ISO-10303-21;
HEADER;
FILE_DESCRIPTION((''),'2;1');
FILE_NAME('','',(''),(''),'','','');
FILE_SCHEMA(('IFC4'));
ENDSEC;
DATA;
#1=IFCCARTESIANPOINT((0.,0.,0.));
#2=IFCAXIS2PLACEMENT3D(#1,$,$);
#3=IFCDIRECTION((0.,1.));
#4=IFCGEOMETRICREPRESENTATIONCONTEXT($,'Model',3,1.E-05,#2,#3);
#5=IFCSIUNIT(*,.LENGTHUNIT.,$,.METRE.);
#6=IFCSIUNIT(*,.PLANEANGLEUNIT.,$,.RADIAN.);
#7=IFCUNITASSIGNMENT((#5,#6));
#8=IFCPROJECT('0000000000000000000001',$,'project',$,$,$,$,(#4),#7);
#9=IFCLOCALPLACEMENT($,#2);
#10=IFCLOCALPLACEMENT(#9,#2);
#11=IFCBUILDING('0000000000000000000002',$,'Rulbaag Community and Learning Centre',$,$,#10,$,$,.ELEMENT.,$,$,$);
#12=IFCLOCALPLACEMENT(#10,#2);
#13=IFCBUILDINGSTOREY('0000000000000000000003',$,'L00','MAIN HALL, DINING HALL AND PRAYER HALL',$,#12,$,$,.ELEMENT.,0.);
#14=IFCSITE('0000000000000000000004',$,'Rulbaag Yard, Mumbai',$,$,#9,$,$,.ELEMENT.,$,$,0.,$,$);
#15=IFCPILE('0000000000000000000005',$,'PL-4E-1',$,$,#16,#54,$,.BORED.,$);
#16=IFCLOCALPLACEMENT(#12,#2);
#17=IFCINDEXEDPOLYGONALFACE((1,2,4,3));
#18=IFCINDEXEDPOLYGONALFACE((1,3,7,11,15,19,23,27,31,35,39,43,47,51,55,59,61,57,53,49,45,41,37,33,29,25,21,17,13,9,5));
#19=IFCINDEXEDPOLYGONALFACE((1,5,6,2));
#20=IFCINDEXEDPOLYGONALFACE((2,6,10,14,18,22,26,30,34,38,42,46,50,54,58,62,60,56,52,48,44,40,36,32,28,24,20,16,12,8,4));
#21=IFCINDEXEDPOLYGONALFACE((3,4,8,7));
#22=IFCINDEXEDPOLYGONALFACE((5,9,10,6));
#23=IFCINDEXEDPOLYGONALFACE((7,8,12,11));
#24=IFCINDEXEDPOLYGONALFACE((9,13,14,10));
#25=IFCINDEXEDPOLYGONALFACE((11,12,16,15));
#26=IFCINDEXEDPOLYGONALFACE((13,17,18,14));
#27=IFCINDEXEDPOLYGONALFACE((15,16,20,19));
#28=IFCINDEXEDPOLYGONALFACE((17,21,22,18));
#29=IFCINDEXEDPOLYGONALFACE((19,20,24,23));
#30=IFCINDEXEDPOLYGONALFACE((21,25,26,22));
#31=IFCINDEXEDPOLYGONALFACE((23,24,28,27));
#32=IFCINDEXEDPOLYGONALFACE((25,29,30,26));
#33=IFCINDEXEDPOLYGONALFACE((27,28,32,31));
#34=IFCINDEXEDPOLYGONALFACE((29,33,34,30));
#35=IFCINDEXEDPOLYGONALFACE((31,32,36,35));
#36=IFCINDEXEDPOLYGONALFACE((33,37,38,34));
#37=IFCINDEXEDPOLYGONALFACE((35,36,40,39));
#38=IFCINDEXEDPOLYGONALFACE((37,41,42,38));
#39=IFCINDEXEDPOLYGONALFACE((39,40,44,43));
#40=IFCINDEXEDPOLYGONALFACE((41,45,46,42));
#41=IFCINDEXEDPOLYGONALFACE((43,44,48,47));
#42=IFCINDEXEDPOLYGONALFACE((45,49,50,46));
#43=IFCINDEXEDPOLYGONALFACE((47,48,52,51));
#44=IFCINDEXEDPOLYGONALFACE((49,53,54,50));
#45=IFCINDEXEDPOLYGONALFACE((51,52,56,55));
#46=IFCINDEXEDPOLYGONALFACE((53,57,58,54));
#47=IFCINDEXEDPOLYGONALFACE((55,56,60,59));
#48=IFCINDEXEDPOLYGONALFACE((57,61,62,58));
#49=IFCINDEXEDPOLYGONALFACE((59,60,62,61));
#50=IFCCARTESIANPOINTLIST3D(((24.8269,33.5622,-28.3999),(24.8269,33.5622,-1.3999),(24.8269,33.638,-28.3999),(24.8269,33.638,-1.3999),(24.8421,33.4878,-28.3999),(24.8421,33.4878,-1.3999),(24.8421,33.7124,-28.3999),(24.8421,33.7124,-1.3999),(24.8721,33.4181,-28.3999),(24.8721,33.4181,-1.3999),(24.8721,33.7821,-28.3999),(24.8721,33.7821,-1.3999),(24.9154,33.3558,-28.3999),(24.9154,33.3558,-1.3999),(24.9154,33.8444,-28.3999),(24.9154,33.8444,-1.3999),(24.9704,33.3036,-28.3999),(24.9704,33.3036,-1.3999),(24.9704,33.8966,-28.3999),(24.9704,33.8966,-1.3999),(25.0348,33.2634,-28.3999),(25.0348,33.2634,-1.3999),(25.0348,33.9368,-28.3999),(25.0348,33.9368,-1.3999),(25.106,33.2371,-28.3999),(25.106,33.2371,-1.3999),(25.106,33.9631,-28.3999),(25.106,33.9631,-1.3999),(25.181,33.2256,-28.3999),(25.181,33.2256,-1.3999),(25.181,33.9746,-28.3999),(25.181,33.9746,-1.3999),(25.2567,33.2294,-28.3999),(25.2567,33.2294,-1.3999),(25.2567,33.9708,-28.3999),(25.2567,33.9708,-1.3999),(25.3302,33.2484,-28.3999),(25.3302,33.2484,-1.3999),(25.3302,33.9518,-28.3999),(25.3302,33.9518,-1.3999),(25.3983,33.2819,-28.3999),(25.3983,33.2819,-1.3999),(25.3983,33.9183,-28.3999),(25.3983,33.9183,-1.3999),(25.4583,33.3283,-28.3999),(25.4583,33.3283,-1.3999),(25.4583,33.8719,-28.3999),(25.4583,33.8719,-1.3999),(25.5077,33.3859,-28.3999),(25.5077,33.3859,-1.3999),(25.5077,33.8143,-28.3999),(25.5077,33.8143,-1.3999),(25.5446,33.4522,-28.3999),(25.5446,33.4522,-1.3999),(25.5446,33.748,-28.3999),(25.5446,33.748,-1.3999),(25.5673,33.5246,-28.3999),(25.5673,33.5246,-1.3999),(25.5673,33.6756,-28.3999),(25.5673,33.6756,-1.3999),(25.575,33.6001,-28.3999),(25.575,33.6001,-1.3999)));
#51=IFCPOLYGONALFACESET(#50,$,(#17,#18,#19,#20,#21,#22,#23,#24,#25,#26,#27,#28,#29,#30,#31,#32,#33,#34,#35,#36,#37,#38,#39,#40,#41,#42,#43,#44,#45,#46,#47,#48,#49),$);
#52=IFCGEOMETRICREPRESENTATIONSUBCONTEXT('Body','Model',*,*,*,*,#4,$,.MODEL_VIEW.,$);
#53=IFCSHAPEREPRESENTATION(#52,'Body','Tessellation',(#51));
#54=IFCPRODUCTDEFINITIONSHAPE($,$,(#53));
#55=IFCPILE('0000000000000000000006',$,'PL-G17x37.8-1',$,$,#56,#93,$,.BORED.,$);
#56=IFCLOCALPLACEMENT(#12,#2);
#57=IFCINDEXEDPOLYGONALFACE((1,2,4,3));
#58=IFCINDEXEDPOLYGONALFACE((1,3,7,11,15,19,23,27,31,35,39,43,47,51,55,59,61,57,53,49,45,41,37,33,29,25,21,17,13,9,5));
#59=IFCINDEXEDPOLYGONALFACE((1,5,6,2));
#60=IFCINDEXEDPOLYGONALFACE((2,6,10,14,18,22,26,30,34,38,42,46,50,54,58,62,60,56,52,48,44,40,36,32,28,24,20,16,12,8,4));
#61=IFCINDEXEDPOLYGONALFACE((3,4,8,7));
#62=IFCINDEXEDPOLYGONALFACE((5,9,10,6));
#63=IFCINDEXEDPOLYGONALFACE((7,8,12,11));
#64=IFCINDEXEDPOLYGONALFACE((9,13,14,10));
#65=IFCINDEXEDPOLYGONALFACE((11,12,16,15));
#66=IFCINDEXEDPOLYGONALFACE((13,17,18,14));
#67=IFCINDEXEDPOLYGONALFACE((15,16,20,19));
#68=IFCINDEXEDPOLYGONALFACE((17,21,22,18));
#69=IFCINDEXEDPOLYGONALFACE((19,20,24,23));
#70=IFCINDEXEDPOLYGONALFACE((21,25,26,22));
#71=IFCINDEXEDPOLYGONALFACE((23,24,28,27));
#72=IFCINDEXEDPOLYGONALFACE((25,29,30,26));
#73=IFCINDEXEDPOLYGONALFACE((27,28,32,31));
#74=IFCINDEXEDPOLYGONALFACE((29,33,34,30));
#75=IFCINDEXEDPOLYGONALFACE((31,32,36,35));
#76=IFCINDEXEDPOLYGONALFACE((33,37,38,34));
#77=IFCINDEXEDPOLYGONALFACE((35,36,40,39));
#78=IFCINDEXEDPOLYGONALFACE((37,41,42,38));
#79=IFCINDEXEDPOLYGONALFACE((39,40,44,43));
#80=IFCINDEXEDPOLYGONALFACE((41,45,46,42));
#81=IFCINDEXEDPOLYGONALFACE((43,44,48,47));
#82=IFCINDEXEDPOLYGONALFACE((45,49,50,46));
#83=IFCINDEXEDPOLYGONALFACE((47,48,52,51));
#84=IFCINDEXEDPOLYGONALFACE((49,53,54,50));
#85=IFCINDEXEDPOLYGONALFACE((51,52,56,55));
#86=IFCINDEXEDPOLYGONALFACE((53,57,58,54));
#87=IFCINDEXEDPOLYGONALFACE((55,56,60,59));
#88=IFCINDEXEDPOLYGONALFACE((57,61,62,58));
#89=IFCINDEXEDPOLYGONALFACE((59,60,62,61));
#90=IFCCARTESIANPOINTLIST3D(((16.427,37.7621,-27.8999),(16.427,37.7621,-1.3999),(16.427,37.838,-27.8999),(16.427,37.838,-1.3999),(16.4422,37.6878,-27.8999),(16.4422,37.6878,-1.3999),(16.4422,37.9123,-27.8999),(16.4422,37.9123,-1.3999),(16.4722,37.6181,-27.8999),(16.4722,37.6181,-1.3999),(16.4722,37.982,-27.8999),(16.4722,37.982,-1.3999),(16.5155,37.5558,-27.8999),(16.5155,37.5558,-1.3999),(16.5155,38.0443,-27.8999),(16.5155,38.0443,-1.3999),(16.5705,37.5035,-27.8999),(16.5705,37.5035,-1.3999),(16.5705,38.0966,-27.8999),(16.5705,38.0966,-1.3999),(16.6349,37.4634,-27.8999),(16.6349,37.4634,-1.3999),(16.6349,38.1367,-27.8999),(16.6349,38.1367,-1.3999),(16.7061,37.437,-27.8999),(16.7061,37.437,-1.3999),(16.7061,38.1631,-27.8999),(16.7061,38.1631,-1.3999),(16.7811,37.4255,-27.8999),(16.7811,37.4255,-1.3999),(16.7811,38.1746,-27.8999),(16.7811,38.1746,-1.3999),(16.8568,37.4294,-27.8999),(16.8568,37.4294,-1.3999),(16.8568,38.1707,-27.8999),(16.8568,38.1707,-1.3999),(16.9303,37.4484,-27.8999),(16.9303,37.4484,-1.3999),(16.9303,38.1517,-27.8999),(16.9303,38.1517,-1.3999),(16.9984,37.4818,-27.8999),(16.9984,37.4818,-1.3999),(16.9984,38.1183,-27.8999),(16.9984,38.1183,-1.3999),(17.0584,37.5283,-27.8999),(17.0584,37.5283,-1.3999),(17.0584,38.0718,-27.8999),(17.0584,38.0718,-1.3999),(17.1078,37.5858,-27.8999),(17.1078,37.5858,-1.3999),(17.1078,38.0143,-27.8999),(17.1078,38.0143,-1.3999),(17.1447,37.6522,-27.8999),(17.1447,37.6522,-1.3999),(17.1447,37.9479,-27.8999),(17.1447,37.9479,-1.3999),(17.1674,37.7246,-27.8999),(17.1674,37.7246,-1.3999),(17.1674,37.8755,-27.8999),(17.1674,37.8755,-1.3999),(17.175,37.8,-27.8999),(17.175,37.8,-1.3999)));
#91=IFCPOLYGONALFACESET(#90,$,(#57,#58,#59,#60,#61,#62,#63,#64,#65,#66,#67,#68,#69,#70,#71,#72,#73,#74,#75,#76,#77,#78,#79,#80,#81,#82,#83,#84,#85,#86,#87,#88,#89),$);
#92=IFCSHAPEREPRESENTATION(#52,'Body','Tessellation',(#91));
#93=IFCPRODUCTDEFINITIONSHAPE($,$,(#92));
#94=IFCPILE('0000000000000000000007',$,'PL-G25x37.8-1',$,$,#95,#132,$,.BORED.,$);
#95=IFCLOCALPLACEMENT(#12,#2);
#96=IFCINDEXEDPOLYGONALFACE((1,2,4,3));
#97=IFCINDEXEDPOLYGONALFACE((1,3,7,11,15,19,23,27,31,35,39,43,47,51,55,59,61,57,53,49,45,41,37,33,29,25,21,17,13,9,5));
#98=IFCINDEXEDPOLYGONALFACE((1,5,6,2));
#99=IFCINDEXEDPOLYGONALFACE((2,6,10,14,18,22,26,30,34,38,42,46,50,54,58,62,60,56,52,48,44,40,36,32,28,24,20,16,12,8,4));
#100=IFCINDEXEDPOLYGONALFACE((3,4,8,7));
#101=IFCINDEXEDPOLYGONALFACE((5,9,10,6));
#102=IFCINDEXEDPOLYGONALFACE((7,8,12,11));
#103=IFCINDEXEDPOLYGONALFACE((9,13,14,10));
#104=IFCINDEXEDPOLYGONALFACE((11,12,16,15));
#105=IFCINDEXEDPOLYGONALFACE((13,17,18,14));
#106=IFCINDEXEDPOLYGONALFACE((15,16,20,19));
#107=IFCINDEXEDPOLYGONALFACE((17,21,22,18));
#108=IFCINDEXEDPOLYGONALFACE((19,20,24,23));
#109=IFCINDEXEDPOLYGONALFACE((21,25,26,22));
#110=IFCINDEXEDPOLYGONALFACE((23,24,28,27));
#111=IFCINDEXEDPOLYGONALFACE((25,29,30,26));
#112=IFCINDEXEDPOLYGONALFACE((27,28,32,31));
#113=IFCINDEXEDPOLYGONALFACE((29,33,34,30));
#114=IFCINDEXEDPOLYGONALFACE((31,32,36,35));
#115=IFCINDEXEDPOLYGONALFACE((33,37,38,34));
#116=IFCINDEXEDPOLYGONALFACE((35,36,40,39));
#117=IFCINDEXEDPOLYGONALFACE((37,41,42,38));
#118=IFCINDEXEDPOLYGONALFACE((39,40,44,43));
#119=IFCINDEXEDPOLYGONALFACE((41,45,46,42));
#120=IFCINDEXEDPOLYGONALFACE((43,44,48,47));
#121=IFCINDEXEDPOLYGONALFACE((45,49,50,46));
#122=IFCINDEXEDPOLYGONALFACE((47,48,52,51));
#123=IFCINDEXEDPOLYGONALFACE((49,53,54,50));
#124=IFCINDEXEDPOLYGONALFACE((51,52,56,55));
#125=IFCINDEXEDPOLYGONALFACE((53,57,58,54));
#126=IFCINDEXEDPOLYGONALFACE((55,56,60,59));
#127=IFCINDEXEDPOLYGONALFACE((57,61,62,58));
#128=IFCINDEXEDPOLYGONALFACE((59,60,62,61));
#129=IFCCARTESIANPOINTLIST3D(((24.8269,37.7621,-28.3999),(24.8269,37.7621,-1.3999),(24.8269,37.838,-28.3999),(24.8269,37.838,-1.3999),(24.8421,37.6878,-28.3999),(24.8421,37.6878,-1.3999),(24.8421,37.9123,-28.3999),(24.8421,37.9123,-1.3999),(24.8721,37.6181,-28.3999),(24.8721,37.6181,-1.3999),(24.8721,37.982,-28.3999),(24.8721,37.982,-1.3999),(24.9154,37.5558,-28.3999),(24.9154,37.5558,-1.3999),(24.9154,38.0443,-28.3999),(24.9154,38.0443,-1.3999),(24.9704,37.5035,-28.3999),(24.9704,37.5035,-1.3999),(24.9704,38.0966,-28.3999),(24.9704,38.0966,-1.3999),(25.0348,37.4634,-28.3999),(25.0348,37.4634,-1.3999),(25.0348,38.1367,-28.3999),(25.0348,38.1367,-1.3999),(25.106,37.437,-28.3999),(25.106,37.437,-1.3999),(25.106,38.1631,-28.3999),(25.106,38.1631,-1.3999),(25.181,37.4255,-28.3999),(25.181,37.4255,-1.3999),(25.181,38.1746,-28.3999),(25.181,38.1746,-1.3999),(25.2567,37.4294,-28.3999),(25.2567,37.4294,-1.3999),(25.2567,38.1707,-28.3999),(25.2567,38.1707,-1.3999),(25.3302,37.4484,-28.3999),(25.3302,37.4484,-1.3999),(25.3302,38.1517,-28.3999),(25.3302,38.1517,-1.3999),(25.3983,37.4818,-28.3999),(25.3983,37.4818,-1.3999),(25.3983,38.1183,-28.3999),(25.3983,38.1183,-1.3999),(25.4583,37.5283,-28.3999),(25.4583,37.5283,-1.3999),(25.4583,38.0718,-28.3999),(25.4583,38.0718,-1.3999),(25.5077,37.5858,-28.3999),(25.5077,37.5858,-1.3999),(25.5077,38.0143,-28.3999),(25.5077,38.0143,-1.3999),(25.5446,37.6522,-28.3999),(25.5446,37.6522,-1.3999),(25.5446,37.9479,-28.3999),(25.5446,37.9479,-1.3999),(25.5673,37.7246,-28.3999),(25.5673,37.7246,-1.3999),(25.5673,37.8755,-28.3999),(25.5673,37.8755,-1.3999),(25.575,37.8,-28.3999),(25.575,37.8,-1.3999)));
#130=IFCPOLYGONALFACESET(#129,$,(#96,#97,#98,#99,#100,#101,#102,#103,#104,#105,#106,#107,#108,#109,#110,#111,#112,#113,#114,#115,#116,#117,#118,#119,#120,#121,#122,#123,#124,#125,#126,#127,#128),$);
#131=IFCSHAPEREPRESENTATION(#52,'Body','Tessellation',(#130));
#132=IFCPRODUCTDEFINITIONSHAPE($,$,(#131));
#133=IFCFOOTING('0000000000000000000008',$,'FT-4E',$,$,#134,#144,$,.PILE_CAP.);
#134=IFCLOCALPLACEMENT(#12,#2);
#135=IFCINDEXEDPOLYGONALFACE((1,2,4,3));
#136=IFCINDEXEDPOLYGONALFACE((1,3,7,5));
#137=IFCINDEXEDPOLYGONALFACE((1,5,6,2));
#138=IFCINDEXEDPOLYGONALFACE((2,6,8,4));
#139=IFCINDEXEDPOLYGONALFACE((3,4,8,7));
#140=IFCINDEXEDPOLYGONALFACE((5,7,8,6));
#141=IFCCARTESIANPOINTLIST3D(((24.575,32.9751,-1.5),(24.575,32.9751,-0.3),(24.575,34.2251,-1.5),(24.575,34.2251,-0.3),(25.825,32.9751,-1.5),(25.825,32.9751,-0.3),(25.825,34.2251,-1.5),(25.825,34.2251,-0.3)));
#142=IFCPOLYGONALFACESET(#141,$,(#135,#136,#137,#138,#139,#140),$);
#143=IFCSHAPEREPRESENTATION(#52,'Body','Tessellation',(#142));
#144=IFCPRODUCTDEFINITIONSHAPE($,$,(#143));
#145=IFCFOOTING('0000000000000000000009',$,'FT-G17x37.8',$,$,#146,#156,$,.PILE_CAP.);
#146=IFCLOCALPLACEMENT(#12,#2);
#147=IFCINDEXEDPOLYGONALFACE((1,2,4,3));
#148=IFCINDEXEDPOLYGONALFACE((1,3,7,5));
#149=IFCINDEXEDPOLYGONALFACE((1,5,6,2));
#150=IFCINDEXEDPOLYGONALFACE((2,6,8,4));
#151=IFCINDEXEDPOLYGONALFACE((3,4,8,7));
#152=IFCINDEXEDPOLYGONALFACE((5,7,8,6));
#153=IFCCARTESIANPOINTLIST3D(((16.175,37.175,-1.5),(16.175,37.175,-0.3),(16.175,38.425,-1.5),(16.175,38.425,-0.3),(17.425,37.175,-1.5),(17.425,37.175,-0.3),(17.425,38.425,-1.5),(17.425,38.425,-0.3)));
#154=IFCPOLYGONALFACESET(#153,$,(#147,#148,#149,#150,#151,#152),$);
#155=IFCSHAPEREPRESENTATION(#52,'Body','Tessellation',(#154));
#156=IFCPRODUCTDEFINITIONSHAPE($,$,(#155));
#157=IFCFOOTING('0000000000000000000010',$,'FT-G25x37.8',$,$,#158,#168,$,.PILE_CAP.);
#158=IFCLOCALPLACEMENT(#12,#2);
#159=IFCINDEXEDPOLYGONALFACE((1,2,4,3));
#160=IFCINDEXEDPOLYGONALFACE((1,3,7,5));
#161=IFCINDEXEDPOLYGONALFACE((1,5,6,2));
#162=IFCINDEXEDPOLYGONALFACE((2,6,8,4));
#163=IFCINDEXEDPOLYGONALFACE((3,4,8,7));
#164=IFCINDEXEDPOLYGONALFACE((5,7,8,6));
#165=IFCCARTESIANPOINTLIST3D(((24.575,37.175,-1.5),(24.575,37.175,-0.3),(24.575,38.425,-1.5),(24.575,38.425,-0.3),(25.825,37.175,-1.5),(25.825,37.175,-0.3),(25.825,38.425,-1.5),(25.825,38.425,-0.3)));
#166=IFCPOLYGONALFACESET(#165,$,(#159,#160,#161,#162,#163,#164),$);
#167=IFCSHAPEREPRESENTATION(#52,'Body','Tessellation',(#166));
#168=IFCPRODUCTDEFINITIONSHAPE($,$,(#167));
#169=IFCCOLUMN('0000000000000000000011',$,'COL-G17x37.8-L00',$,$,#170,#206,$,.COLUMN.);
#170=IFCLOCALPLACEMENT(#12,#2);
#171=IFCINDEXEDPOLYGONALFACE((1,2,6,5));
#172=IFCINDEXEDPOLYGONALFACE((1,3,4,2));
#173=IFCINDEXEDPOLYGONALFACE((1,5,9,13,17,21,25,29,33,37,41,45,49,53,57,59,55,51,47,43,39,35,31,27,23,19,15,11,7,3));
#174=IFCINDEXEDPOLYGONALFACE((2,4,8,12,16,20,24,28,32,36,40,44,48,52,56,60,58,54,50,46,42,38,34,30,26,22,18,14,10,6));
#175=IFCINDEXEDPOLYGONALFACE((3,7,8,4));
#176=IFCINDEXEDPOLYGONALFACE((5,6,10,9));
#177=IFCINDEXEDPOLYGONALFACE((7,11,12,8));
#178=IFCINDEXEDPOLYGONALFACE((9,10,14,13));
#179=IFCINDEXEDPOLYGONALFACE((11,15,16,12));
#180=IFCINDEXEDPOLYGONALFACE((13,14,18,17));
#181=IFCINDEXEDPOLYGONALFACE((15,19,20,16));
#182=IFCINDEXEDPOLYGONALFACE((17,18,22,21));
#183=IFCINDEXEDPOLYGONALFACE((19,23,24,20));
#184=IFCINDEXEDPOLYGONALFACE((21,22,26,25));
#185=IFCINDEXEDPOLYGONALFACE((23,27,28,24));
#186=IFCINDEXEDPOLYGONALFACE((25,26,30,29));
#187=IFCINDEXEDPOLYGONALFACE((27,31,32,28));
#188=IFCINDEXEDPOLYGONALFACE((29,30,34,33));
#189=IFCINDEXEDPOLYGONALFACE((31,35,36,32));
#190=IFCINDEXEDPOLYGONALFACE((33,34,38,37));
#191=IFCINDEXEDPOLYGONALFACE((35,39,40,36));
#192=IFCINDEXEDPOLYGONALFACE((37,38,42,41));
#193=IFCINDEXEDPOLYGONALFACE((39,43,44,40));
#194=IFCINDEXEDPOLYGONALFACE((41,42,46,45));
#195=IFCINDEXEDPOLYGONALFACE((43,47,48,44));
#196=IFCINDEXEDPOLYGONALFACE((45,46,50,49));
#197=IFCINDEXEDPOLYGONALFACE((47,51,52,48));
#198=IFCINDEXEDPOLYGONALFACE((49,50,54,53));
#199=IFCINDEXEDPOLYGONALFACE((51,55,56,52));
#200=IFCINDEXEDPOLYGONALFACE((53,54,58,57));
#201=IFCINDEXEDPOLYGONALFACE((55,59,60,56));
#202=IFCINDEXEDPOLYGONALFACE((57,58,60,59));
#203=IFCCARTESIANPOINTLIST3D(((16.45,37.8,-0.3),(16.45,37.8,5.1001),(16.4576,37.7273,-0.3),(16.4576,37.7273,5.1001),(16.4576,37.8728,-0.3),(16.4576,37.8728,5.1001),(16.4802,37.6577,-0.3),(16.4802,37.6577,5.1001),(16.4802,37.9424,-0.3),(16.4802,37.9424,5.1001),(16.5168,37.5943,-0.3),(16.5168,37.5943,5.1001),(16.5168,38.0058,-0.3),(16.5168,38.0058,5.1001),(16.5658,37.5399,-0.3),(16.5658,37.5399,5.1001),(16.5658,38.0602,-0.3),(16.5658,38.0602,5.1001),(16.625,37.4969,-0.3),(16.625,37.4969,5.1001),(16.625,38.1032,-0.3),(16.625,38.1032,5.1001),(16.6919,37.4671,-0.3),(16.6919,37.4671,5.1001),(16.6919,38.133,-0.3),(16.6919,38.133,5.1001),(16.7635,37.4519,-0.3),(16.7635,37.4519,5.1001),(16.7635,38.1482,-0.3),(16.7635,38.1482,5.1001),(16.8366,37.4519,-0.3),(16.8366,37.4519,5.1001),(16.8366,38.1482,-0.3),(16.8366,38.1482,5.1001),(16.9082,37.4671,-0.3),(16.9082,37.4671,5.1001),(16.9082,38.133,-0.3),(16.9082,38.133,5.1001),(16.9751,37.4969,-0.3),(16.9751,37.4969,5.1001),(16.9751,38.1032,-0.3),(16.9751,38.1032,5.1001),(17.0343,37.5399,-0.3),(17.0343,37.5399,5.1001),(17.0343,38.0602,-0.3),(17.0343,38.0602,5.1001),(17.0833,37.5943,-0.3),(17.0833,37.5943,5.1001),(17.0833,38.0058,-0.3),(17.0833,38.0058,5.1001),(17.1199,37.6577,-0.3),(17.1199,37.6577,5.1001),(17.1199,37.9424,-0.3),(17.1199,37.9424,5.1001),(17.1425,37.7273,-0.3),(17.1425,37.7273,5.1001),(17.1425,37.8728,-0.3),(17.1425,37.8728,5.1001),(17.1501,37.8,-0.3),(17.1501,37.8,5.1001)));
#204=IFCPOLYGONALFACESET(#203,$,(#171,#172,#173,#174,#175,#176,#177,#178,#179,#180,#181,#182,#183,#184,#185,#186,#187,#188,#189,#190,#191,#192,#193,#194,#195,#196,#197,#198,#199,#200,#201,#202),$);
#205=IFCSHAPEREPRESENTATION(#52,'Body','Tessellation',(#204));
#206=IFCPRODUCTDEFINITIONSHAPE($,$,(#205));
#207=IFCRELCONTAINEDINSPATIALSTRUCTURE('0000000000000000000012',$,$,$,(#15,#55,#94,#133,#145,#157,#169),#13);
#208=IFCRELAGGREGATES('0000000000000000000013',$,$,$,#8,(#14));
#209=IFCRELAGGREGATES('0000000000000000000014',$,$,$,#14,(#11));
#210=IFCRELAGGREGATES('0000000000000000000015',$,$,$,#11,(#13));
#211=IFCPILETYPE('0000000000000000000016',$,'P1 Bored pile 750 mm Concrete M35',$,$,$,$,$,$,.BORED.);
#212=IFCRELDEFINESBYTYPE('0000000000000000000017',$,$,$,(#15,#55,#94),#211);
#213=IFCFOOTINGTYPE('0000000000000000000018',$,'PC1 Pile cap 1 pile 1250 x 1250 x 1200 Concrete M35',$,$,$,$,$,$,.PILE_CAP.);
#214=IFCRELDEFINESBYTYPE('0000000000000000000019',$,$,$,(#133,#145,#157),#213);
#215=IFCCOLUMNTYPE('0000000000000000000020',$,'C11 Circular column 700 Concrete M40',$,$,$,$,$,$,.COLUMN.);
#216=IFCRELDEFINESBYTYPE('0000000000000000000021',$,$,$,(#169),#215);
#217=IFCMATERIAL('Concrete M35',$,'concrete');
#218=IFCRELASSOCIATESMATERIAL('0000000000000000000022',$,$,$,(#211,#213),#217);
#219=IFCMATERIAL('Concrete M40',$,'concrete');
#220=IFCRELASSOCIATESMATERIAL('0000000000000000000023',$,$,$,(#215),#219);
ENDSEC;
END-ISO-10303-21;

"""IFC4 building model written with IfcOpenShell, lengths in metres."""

from ifc_helpers import new_model, si_unit, direction, frame, origin, origin_2d, place, context, subcontext, project, spatial, rectangle, circle, extrude, material, material_profile, profile_set, type_object, element, save


model = new_model("IFC4")

# Units and contexts
model_context = context("Model", 3, precision=1e-05, world=origin(), true_north=direction((0.0, 1.0)))
body_context = subcontext(model_context, "Body", "Model", "MODEL_VIEW")
ifc_project = project(units=[si_unit("LENGTHUNIT", "METRE"), si_unit("PLANEANGLEUNIT", "RADIAN")], contexts=[model_context])

# Site, building, storey
site_placement = place(None, origin())
site = spatial("IfcSite", under=ifc_project, at=site_placement, Name="Rulbaag Yard, Mumbai", CompositionType="ELEMENT", RefElevation=0.0)
building_placement = place(site_placement, origin())
building = spatial("IfcBuilding", under=site, at=building_placement, Name="Rulbaag Community and Learning Centre", CompositionType="ELEMENT")
storey_placement = place(building_placement, origin())
storey = spatial("IfcBuildingStorey", under=building, at=storey_placement, Name="L00", Description="MAIN HALL, DINING HALL AND PRAYER HALL", CompositionType="ELEMENT", Elevation=0.0)

# Piles
ifc_material_1 = material(Name="Concrete M35", Category="concrete")
ifc_material_profile_1 = material_profile(ifc_material_1, circle(Radius=0.375, at=origin_2d()), Name="BP750")
ifc_profile_set_1 = profile_set([ifc_material_profile_1], Name="Concrete M35")
pile_type = type_object("IfcPileType", Name="P1 Bored pile 750 mm Concrete M35", PredefinedType="BORED", material=ifc_profile_set_1)
pile_1_placement = place(storey_placement, frame((25.2, 33.6001, -1.3999), z_axis=(0.0, 0.0, -1.0), x_axis=(1.0, 0.0, 0.0)))
element("IfcPile", 1, at=pile_1_placement, inside=storey, type_object=pile_type, Name="PL-4E-1", PredefinedType="BORED", context=body_context, shape_type="SweptSolid", body=[
    extrude(circle(Radius=0.375, at=origin_2d()), origin(), (0.0, 0.0, 1.0), 27.0),
])
pile_2_placement = place(storey_placement, frame((16.8, 37.8, -1.3999), z_axis=(0.0, 0.0, -1.0), x_axis=(1.0, 0.0, 0.0)))
element("IfcPile", 2, at=pile_2_placement, inside=storey, type_object=pile_type, Name="PL-G17x37.8-1", PredefinedType="BORED", context=body_context, shape_type="SweptSolid", body=[
    extrude(circle(Radius=0.375, at=origin_2d()), origin(), (0.0, 0.0, 1.0), 26.5),
])
pile_3_placement = place(storey_placement, frame((25.2, 37.8, -1.3999), z_axis=(0.0, 0.0, -1.0), x_axis=(1.0, 0.0, 0.0)))
element("IfcPile", 3, at=pile_3_placement, inside=storey, type_object=pile_type, Name="PL-G25x37.8-1", PredefinedType="BORED", context=body_context, shape_type="SweptSolid", body=[
    extrude(circle(Radius=0.375, at=origin_2d()), origin(), (0.0, 0.0, 1.0), 27.0),
])

# Footings
footing_type = type_object("IfcFootingType", Name="PC1 Pile cap 1 pile 1250 x 1250 x 1200 Concrete M35", PredefinedType="PILE_CAP", material=ifc_material_1)
for number, where, z_axis, x_axis, name in (
    (4, (25.2, 33.6001, -1.5), (0.0, 0.0, 1.0), (1.0, 0.0, 0.0), "FT-4E"),
    (5, (16.8, 37.8, -1.5), (0.0, 0.0, 1.0), (1.0, 0.0, 0.0), "FT-G17x37.8"),
    (6, (25.2, 37.8, -1.5), (0.0, 0.0, 1.0), (1.0, 0.0, 0.0), "FT-G25x37.8"),
):
    element("IfcFooting", number, at=place(storey_placement, frame(where, z_axis=z_axis, x_axis=x_axis)), inside=storey, type_object=footing_type, Name=name, PredefinedType="PILE_CAP", context=body_context, shape_type="SweptSolid", body=[
        extrude(rectangle(XDim=1.25, YDim=1.25, at=origin_2d()), origin(), (0.0, 0.0, 1.0), 1.2),
    ])

# Column
ifc_material_2 = material(Name="Concrete M40", Category="concrete")
ifc_material_profile_2 = material_profile(ifc_material_2, circle(Radius=0.3501, at=origin_2d()), Name="RD700")
ifc_profile_set_2 = profile_set([ifc_material_profile_2], Name="Concrete M40")
column_type_1 = type_object("IfcColumnType", Name="C11 Circular column 700 Concrete M40", PredefinedType="COLUMN", material=ifc_profile_set_2)
for number, where, z_axis, x_axis, name in (
    (7, (16.8, 37.8, -0.3), (0.0, 0.0, 1.0), (1.0, 0.0, 0.0), "COL-G17x37.8-L00"),
):
    element("IfcColumn", number, at=place(storey_placement, frame(where, z_axis=z_axis, x_axis=x_axis)), inside=storey, type_object=column_type_1, Name=name, PredefinedType="COLUMN", context=body_context, shape_type="SweptSolid", body=[
        extrude(circle(Radius=0.3501, at=origin_2d()), origin(), (0.0, 0.0, 1.0), 5.4001),
    ])

save(model, "model.ifc")
